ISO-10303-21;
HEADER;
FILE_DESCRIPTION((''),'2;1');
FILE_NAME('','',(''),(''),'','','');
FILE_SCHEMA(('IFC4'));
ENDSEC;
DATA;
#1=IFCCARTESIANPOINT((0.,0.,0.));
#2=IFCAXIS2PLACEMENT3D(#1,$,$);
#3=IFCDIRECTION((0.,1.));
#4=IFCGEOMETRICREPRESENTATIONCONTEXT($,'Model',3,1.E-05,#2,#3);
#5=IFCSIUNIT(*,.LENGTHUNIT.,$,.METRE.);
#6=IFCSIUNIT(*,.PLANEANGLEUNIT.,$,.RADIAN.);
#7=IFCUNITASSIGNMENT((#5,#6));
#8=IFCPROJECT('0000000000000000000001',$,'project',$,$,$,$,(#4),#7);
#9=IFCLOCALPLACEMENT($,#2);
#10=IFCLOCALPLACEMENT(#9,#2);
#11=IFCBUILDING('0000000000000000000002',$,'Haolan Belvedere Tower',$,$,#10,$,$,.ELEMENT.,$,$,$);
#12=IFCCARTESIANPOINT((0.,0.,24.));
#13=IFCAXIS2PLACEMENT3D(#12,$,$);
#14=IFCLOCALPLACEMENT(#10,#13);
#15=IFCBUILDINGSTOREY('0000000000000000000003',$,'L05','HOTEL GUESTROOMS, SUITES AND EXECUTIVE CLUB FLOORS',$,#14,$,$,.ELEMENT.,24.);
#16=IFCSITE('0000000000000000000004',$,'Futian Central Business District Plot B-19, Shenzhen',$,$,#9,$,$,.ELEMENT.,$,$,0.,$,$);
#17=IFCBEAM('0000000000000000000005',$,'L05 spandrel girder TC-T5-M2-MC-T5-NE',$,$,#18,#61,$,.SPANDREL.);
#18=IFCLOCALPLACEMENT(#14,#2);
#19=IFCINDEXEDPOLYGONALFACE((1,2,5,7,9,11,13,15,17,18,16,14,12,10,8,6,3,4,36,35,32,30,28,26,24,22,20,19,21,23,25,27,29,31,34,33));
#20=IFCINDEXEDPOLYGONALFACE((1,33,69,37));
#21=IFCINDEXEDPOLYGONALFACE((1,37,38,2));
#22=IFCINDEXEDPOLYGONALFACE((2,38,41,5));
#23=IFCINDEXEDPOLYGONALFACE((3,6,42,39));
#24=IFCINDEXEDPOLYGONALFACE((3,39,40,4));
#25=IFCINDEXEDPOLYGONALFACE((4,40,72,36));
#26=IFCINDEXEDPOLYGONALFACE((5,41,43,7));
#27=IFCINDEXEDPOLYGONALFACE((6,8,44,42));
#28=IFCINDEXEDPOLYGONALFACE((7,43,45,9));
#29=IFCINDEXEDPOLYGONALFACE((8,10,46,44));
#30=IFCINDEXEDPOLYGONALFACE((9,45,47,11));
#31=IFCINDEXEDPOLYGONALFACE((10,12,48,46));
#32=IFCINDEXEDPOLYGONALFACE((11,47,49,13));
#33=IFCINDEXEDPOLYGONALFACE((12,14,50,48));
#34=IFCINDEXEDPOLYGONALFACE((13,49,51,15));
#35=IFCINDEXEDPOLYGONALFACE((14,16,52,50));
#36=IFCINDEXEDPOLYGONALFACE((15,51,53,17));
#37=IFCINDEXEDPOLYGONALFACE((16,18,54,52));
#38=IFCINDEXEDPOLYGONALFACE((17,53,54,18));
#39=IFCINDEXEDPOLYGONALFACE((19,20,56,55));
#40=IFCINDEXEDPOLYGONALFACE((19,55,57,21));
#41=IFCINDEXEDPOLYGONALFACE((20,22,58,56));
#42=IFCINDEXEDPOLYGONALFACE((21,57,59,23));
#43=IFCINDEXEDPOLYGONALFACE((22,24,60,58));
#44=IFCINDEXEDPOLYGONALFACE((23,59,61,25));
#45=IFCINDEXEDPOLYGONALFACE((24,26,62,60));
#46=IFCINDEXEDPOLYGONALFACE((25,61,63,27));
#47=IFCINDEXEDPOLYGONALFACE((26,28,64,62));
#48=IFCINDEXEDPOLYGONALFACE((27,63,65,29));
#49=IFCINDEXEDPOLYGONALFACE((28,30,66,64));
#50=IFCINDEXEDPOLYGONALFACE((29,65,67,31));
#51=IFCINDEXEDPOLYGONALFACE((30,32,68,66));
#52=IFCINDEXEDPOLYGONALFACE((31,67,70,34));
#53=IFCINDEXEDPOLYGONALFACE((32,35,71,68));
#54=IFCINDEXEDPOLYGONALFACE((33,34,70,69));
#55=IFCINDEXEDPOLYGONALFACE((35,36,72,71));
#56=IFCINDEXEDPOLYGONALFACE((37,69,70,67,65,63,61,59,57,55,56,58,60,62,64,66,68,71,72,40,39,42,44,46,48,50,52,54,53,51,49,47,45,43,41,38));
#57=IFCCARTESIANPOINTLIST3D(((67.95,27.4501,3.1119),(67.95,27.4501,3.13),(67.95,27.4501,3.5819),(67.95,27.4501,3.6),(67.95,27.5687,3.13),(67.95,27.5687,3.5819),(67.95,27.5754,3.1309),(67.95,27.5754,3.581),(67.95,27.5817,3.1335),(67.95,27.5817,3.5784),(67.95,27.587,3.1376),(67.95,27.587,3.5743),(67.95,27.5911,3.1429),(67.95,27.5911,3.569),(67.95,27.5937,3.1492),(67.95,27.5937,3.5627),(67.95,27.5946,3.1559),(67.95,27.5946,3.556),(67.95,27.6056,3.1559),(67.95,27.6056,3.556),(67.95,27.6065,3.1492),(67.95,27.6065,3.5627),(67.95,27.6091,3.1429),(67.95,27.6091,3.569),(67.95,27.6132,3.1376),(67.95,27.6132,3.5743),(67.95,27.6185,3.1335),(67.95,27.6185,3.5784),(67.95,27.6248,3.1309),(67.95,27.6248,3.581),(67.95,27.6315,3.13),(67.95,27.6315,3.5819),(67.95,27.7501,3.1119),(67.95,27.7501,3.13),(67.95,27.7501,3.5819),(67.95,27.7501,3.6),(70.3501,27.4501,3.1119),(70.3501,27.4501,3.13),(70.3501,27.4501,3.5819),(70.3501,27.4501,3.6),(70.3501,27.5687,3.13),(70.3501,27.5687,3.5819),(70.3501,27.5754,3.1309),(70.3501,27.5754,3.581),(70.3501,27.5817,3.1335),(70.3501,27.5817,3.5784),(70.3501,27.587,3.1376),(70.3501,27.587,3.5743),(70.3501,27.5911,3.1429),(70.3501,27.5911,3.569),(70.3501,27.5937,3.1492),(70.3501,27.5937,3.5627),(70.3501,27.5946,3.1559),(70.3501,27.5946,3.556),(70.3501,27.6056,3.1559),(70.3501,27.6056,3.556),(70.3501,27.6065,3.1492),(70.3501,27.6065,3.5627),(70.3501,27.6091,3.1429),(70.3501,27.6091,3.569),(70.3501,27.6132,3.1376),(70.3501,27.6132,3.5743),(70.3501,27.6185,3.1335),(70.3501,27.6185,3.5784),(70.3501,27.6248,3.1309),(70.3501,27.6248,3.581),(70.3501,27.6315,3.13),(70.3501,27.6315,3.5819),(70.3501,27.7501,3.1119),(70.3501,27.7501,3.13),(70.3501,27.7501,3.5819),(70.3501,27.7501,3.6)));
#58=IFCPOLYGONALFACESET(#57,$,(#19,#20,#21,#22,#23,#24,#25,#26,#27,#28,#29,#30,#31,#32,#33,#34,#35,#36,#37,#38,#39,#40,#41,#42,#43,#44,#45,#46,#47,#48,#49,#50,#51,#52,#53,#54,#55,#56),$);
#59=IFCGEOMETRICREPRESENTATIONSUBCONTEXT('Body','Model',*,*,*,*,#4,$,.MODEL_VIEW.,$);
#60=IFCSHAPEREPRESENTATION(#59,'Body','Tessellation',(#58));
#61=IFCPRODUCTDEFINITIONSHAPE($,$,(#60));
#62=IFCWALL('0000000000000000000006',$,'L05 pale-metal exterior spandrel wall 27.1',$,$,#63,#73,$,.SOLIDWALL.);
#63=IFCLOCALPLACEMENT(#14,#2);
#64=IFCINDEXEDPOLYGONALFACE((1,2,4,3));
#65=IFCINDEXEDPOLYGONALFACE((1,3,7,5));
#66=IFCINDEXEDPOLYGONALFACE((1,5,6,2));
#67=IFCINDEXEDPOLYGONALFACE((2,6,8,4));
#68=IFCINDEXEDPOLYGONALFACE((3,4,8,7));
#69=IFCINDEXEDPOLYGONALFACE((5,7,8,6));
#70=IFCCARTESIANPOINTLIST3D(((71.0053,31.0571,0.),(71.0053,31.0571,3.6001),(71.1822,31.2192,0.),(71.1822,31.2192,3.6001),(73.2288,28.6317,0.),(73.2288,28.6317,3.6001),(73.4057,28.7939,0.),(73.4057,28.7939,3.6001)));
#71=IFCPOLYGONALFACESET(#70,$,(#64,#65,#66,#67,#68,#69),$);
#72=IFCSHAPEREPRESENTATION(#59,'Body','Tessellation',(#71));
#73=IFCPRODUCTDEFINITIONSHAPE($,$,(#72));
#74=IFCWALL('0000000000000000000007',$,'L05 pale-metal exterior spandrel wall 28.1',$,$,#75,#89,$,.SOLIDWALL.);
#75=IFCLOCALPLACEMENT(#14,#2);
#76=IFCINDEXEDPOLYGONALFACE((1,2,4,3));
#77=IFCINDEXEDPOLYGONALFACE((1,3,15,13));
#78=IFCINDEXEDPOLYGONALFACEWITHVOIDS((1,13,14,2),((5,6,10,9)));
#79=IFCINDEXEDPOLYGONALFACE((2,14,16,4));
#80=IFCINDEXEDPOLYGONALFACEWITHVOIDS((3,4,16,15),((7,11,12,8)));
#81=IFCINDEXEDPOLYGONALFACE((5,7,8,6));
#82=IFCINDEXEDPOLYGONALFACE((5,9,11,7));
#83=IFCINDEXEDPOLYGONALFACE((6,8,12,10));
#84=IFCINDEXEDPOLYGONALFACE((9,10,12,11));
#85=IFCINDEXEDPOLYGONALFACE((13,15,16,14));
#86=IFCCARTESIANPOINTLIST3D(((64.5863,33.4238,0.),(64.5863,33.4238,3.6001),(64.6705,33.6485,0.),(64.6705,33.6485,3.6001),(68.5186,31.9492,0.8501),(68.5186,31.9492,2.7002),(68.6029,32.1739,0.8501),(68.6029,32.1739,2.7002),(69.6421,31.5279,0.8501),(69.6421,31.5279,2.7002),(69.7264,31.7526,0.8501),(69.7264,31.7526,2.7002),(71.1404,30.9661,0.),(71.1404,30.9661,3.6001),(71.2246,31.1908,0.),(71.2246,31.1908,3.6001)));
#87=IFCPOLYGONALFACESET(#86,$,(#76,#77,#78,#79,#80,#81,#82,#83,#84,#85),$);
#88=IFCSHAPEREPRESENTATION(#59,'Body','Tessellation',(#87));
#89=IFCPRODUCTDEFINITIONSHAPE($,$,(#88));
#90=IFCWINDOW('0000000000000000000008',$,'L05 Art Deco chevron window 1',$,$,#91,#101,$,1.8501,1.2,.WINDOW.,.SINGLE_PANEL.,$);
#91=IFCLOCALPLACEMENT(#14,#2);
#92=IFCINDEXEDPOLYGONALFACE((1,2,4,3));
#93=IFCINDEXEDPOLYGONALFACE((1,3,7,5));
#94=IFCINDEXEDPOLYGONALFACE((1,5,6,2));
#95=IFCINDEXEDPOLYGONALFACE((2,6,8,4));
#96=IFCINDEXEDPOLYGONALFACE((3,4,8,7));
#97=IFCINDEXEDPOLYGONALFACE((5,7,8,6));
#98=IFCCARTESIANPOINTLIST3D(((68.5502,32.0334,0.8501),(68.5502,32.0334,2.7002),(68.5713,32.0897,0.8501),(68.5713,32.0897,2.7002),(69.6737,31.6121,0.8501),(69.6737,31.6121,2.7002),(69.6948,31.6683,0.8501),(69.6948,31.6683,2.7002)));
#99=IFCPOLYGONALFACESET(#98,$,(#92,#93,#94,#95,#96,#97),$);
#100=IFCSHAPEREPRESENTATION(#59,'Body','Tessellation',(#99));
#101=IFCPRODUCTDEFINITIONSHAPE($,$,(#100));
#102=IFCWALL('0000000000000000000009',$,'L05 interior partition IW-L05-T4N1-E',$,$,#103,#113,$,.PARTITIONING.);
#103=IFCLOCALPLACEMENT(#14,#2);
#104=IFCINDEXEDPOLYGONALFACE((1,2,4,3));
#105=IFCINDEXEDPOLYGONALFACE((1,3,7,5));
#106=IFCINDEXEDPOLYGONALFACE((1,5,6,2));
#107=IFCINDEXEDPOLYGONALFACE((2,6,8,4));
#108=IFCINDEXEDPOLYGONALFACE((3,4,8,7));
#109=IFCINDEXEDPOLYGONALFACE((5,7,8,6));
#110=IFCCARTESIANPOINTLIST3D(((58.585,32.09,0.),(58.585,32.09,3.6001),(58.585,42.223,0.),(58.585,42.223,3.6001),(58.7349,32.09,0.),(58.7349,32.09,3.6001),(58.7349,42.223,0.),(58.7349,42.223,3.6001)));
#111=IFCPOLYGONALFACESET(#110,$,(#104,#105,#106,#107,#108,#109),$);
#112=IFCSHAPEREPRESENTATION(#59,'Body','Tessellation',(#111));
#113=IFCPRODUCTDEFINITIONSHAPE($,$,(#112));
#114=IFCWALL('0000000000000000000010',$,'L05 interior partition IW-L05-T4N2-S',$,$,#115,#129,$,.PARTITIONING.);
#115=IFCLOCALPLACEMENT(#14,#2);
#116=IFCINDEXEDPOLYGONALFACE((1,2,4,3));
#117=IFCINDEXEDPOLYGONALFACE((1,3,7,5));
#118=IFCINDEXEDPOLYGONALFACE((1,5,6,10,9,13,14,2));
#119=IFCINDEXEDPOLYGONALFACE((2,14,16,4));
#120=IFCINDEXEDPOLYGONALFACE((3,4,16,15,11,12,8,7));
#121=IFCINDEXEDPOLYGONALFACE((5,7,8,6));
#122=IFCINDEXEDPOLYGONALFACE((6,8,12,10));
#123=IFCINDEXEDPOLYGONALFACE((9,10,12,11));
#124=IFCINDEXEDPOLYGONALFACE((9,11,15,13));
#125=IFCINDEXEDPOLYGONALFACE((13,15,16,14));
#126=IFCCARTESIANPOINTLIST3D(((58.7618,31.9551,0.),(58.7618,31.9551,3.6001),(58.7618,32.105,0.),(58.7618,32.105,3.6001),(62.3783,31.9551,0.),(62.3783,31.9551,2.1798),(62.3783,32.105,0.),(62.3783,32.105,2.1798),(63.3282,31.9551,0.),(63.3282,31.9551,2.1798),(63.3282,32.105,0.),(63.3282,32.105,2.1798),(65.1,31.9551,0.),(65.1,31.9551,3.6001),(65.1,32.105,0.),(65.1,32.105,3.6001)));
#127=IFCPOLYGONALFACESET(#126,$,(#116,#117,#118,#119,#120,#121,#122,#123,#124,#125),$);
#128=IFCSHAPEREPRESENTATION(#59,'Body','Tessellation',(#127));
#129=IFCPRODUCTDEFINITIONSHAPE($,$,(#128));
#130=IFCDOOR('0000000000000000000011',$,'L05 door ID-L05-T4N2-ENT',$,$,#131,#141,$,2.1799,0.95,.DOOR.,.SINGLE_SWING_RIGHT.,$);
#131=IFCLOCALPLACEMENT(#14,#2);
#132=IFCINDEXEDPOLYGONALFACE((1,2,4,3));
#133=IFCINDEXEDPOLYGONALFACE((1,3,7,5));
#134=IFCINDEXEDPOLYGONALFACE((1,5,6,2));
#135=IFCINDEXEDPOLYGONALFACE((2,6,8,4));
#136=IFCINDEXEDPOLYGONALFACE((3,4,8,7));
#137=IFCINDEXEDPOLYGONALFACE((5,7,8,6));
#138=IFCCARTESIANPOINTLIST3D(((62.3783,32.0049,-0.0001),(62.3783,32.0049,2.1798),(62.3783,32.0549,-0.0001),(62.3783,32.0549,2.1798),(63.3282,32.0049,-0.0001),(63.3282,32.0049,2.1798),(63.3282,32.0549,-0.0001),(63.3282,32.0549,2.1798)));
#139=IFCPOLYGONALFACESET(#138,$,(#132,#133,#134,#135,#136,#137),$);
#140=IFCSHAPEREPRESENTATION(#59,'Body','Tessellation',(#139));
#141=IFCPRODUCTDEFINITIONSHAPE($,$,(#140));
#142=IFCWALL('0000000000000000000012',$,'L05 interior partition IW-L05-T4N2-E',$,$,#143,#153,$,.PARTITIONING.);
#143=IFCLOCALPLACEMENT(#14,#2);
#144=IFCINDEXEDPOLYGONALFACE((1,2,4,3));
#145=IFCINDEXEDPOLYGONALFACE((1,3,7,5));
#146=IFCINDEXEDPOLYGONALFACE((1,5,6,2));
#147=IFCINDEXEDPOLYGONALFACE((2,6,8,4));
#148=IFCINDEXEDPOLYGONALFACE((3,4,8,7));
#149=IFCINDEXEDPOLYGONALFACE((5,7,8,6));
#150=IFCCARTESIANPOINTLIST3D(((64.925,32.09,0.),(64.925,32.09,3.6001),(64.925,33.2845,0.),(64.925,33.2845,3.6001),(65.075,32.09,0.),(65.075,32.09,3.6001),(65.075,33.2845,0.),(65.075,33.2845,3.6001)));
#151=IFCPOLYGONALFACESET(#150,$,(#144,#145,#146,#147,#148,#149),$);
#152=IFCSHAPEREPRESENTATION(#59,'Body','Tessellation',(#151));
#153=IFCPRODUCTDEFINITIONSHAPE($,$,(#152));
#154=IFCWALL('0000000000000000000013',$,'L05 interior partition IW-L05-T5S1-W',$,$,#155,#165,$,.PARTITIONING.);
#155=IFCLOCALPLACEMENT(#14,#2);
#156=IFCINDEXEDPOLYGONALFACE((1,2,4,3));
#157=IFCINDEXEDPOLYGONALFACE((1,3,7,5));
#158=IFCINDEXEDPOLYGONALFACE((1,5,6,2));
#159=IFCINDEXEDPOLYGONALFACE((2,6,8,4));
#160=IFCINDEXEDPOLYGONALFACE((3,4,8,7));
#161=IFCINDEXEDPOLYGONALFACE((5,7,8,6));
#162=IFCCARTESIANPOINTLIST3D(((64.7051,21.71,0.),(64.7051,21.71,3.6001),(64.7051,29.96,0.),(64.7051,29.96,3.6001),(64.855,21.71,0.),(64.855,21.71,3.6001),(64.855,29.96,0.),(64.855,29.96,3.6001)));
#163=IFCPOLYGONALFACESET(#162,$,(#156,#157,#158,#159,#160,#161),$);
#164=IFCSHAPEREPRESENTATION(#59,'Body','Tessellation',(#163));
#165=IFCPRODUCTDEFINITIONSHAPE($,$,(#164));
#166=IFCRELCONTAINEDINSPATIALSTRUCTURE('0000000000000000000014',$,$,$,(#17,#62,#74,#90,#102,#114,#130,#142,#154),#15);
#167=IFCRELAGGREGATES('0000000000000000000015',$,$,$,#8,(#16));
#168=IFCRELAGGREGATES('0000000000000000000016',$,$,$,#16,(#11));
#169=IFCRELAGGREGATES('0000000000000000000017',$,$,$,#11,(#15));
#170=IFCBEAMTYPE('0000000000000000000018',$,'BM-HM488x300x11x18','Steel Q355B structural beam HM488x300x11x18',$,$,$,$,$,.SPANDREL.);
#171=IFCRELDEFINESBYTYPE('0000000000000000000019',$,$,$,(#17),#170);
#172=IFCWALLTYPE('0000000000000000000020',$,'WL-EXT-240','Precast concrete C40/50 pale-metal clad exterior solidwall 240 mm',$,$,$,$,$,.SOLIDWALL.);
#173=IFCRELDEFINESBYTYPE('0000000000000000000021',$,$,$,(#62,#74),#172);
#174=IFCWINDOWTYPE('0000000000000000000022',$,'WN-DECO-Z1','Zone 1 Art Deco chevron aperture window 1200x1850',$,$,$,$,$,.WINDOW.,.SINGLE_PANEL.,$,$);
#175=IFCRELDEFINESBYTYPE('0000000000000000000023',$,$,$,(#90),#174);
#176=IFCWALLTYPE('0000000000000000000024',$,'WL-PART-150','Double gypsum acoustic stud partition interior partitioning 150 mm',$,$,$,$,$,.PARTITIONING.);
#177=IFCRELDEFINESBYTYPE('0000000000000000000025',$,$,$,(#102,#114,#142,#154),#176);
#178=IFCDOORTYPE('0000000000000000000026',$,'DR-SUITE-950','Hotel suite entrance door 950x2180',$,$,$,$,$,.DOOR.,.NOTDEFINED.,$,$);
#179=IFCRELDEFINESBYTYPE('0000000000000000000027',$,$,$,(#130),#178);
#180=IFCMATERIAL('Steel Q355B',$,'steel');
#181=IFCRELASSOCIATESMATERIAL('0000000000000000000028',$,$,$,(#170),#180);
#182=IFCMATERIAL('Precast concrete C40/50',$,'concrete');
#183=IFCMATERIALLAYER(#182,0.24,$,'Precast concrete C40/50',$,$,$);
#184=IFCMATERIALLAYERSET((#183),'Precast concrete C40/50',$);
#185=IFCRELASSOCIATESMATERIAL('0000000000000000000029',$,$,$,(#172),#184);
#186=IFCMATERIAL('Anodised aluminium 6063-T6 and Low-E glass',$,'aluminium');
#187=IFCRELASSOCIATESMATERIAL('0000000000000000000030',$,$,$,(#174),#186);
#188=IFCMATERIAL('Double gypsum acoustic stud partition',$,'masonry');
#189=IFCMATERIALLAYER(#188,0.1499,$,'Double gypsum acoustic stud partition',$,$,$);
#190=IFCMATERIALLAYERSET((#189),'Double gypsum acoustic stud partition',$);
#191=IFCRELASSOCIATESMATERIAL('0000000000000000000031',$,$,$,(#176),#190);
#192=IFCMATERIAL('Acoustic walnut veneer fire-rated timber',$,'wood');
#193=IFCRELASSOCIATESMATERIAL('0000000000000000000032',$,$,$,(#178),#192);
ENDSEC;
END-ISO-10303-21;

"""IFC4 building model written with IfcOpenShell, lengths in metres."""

from ifc_helpers import new_model, si_unit, direction, frame, frame_2d, origin, origin_2d, place, context, subcontext, project, spatial, rectangle, i_section, extrude, material, layer, layer_set, material_profile, profile_set, type_object, element, fill, save


model = new_model("IFC4")

# Units and contexts
model_context = context("Model", 3, precision=1e-05, world=origin(), true_north=direction((0.0, 1.0)))
body_context = subcontext(model_context, "Body", "Model", "MODEL_VIEW")
ifc_project = project(units=[si_unit("LENGTHUNIT", "METRE"), si_unit("PLANEANGLEUNIT", "RADIAN")], contexts=[model_context])

# Site, building, storey
site_placement = place(None, origin())
site = spatial("IfcSite", under=ifc_project, at=site_placement, Name="Futian Central Business District Plot B-19, Shenzhen", CompositionType="ELEMENT", RefElevation=0.0)
building_placement = place(site_placement, origin())
building = spatial("IfcBuilding", under=site, at=building_placement, Name="Haolan Belvedere Tower", CompositionType="ELEMENT")
storey_placement = place(building_placement, frame((0.0, 0.0, 24.0)))
storey = spatial("IfcBuildingStorey", under=building, at=storey_placement, Name="L05", Description="HOTEL GUESTROOMS, SUITES AND EXECUTIVE CLUB FLOORS", CompositionType="ELEMENT", Elevation=24.0)

# Shared definitions
ifc_material_1 = material(Name="Steel Q355B", Category="steel")

# Beam
ifc_material_profile_1 = material_profile(ifc_material_1, i_section(OverallWidth=0.3, OverallDepth=0.488, WebThickness=0.011, FlangeThickness=0.0181, FilletRadius=0.0259, at=origin_2d()), Name="Steel Q355B")
ifc_profile_set_1 = profile_set([ifc_material_profile_1], Name="Steel Q355B")
beam_type = type_object("IfcBeamType", Name="BM-HM488x300x11x18", Description="Steel Q355B structural beam HM488x300x11x18", PredefinedType="SPANDREL", material=ifc_profile_set_1)
for number, where, z_axis, x_axis, name in (
    (1, (67.95, 27.6001, 3.356), (1.0, 0.0, 0.0), (0.0, 1.0, 0.0), "L05 spandrel girder TC-T5-M2-MC-T5-NE"),
):
    element("IfcBeam", number, at=place(storey_placement, frame(where, z_axis=z_axis, x_axis=x_axis)), inside=storey, type_object=beam_type, Name=name, PredefinedType="SPANDREL", context=body_context, shape_type="SweptSolid", body=[
        extrude(i_section(OverallWidth=0.3, OverallDepth=0.488, WebThickness=0.011, FlangeThickness=0.0181, FilletRadius=0.0259, at=origin_2d()), origin(), (0.0, 0.0, 1.0), 2.4001),
    ])

# Wall
ifc_material_2 = material(Name="Precast concrete C40/50", Category="concrete")
ifc_layer_1 = layer(ifc_material_2, 0.24, Name="Precast concrete C40/50")
ifc_layer_set_1 = layer_set([ifc_layer_1], Name="Precast concrete C40/50")
wall_type_1 = type_object("IfcWallType", Name="WL-EXT-240", Description="Precast concrete C40/50 pale-metal clad exterior solidwall 240 mm", PredefinedType="SOLIDWALL", material=ifc_layer_set_1)
wall_1_placement = place(storey_placement, frame((73.3171, 28.7129, 0.0), z_axis=(0.0, 0.0, 1.0), x_axis=(-0.675758, 0.737123, 0.0)))
element("IfcWall", 2, at=wall_1_placement, inside=storey, type_object=wall_type_1, Name="L05 pale-metal exterior spandrel wall 27.1", PredefinedType="SOLIDWALL", context=body_context, shape_type="SweptSolid", body=[
    extrude(rectangle(XDim=3.2903, YDim=0.24, at=frame_2d((1.645, 0.0))), origin(), (0.0, 0.0, 1.0), 3.6001),
])

# Wall, opening, window
wall_2_placement = place(storey_placement, frame((71.1826, 31.0784, 0.0), z_axis=(0.0, 0.0, 1.0), x_axis=(-0.936332, 0.351116, 0.0)))
wall_2 = element("IfcWall", 3, at=wall_2_placement, inside=storey, type_object=wall_type_1, Name="L05 pale-metal exterior spandrel wall 28.1", PredefinedType="SOLIDWALL", context=body_context, shape_type="SweptSolid", body=[
    extrude(rectangle(XDim=6.9998, YDim=0.24, at=frame_2d((3.5, 0.0))), origin(), (0.0, 0.0, 1.0), 3.6001),
])
opening_1_placement = place(wall_2_placement, frame((1.6001, 0.0, 0.8501)))
opening_1 = element("IfcOpeningElement", 4, at=opening_1_placement, cuts=wall_2, PredefinedType="OPENING", context=body_context, shape_type="SweptSolid", body=[
    extrude(rectangle(XDim=1.2, YDim=1.8501, at=frame_2d((0.6001, 0.925))), frame((0.0, 0.1299, 0.0), z_axis=(0.0, -1.0, 0.0), x_axis=(1.0, 0.0, 0.0)), (0.0, 0.0, 1.0), 0.26),
])
ifc_material_3 = material(Name="Anodised aluminium 6063-T6 and Low-E glass", Category="aluminium")
window_type = type_object("IfcWindowType", Name="WN-DECO-Z1", Description="Zone 1 Art Deco chevron aperture window 1200x1850", PartitioningType="SINGLE_PANEL", PredefinedType="WINDOW", material=ifc_material_3)
window_placement = place(opening_1_placement, origin())
window = element("IfcWindow", 5, at=window_placement, inside=storey, type_object=window_type, Name="L05 Art Deco chevron window 1", OverallHeight=1.8501, OverallWidth=1.2, PartitioningType="SINGLE_PANEL", PredefinedType="WINDOW", context=body_context, shape_type="SweptSolid", body=[
    extrude(rectangle(XDim=1.2, YDim=1.8501, at=frame_2d((0.6001, 0.925))), frame((0.0, 0.03, 0.0), z_axis=(0.0, -1.0, 0.0), x_axis=(1.0, 0.0, 0.0)), (0.0, 0.0, 1.0), 0.0601),
])
fill(opening_1, window)

# Wall
ifc_material_4 = material(Name="Double gypsum acoustic stud partition", Category="masonry")
ifc_layer_2 = layer(ifc_material_4, 0.1499, Name="Double gypsum acoustic stud partition")
ifc_layer_set_2 = layer_set([ifc_layer_2], Name="Double gypsum acoustic stud partition")
wall_type_2 = type_object("IfcWallType", Name="WL-PART-150", Description="Double gypsum acoustic stud partition interior partitioning 150 mm", PredefinedType="PARTITIONING", material=ifc_layer_set_2)
wall_3_placement = place(storey_placement, frame((58.6599, 32.0901, 0.0), z_axis=(0.0, 0.0, 1.0), x_axis=(0.0, 1.0, 0.0)))
element("IfcWall", 6, at=wall_3_placement, inside=storey, type_object=wall_type_2, Name="L05 interior partition IW-L05-T4N1-E", PredefinedType="PARTITIONING", context=body_context, shape_type="SweptSolid", body=[
    extrude(rectangle(XDim=10.1331, YDim=0.1499, at=frame_2d((5.0664, 0.0))), origin(), (0.0, 0.0, 1.0), 3.6001),
])

# Wall, opening, door
wall_4_placement = place(storey_placement, frame((58.762, 32.03, 0.0), z_axis=(0.0, 0.0, 1.0), x_axis=(1.0, 0.0, 0.0)))
wall_4 = element("IfcWall", 7, at=wall_4_placement, inside=storey, type_object=wall_type_2, Name="L05 interior partition IW-L05-T4N2-S", PredefinedType="PARTITIONING", context=body_context, shape_type="SweptSolid", body=[
    extrude(rectangle(XDim=6.3381, YDim=0.1499, at=frame_2d((3.1689, 0.0))), origin(), (0.0, 0.0, 1.0), 3.6001),
])
opening_2_placement = place(wall_4_placement, frame((3.6162, 0.0, 0.0)))
opening_2 = element("IfcOpeningElement", 8, at=opening_2_placement, cuts=wall_4, PredefinedType="OPENING", context=body_context, shape_type="SweptSolid", body=[
    extrude(rectangle(XDim=0.95, YDim=2.1799, at=frame_2d((0.4751, 1.0898))), frame((0.0, 0.085, 0.0), z_axis=(0.0, -1.0, 0.0), x_axis=(1.0, 0.0, 0.0)), (0.0, 0.0, 1.0), 0.1699),
])
ifc_material_5 = material(Name="Acoustic walnut veneer fire-rated timber", Category="wood")
door_type_1 = type_object("IfcDoorType", Name="DR-SUITE-950", Description="Hotel suite entrance door 950x2180", OperationType="NOTDEFINED", PredefinedType="DOOR", material=ifc_material_5)
door_1_placement = place(opening_2_placement, origin())
door_1 = element("IfcDoor", 9, at=door_1_placement, inside=storey, type_object=door_type_1, Name="L05 door ID-L05-T4N2-ENT", OperationType="SINGLE_SWING_RIGHT", OverallHeight=2.1799, OverallWidth=0.95, PredefinedType="DOOR", context=body_context, shape_type="SweptSolid", body=[
    extrude(rectangle(XDim=0.95, YDim=2.1799, at=frame_2d((0.4751, 1.0898))), frame((0.0, 0.0249, 0.0), z_axis=(0.0, -1.0, 0.0), x_axis=(1.0, 0.0, 0.0)), (0.0, 0.0, 1.0), 0.05),
])
fill(opening_2, door_1)

# Wall
wall_5_placement = place(storey_placement, frame((65.0, 32.0901, 0.0), z_axis=(0.0, 0.0, 1.0), x_axis=(0.0, 1.0, 0.0)))
element("IfcWall", 10, at=wall_5_placement, inside=storey, type_object=wall_type_2, Name="L05 interior partition IW-L05-T4N2-E", PredefinedType="PARTITIONING", context=body_context, shape_type="SweptSolid", body=[
    extrude(rectangle(XDim=1.1946, YDim=0.1499, at=frame_2d((0.5972, 0.0))), origin(), (0.0, 0.0, 1.0), 3.6001),
])

# Wall
wall_6_placement = place(storey_placement, frame((64.78, 21.71, 0.0), z_axis=(0.0, 0.0, 1.0), x_axis=(0.0, 1.0, 0.0)))
element("IfcWall", 11, at=wall_6_placement, inside=storey, type_object=wall_type_2, Name="L05 interior partition IW-L05-T5S1-W", PredefinedType="PARTITIONING", context=body_context, shape_type="SweptSolid", body=[
    extrude(rectangle(XDim=8.25, YDim=0.1499, at=frame_2d((4.125, 0.0))), origin(), (0.0, 0.0, 1.0), 3.6001),
])

save(model, "model.ifc")
